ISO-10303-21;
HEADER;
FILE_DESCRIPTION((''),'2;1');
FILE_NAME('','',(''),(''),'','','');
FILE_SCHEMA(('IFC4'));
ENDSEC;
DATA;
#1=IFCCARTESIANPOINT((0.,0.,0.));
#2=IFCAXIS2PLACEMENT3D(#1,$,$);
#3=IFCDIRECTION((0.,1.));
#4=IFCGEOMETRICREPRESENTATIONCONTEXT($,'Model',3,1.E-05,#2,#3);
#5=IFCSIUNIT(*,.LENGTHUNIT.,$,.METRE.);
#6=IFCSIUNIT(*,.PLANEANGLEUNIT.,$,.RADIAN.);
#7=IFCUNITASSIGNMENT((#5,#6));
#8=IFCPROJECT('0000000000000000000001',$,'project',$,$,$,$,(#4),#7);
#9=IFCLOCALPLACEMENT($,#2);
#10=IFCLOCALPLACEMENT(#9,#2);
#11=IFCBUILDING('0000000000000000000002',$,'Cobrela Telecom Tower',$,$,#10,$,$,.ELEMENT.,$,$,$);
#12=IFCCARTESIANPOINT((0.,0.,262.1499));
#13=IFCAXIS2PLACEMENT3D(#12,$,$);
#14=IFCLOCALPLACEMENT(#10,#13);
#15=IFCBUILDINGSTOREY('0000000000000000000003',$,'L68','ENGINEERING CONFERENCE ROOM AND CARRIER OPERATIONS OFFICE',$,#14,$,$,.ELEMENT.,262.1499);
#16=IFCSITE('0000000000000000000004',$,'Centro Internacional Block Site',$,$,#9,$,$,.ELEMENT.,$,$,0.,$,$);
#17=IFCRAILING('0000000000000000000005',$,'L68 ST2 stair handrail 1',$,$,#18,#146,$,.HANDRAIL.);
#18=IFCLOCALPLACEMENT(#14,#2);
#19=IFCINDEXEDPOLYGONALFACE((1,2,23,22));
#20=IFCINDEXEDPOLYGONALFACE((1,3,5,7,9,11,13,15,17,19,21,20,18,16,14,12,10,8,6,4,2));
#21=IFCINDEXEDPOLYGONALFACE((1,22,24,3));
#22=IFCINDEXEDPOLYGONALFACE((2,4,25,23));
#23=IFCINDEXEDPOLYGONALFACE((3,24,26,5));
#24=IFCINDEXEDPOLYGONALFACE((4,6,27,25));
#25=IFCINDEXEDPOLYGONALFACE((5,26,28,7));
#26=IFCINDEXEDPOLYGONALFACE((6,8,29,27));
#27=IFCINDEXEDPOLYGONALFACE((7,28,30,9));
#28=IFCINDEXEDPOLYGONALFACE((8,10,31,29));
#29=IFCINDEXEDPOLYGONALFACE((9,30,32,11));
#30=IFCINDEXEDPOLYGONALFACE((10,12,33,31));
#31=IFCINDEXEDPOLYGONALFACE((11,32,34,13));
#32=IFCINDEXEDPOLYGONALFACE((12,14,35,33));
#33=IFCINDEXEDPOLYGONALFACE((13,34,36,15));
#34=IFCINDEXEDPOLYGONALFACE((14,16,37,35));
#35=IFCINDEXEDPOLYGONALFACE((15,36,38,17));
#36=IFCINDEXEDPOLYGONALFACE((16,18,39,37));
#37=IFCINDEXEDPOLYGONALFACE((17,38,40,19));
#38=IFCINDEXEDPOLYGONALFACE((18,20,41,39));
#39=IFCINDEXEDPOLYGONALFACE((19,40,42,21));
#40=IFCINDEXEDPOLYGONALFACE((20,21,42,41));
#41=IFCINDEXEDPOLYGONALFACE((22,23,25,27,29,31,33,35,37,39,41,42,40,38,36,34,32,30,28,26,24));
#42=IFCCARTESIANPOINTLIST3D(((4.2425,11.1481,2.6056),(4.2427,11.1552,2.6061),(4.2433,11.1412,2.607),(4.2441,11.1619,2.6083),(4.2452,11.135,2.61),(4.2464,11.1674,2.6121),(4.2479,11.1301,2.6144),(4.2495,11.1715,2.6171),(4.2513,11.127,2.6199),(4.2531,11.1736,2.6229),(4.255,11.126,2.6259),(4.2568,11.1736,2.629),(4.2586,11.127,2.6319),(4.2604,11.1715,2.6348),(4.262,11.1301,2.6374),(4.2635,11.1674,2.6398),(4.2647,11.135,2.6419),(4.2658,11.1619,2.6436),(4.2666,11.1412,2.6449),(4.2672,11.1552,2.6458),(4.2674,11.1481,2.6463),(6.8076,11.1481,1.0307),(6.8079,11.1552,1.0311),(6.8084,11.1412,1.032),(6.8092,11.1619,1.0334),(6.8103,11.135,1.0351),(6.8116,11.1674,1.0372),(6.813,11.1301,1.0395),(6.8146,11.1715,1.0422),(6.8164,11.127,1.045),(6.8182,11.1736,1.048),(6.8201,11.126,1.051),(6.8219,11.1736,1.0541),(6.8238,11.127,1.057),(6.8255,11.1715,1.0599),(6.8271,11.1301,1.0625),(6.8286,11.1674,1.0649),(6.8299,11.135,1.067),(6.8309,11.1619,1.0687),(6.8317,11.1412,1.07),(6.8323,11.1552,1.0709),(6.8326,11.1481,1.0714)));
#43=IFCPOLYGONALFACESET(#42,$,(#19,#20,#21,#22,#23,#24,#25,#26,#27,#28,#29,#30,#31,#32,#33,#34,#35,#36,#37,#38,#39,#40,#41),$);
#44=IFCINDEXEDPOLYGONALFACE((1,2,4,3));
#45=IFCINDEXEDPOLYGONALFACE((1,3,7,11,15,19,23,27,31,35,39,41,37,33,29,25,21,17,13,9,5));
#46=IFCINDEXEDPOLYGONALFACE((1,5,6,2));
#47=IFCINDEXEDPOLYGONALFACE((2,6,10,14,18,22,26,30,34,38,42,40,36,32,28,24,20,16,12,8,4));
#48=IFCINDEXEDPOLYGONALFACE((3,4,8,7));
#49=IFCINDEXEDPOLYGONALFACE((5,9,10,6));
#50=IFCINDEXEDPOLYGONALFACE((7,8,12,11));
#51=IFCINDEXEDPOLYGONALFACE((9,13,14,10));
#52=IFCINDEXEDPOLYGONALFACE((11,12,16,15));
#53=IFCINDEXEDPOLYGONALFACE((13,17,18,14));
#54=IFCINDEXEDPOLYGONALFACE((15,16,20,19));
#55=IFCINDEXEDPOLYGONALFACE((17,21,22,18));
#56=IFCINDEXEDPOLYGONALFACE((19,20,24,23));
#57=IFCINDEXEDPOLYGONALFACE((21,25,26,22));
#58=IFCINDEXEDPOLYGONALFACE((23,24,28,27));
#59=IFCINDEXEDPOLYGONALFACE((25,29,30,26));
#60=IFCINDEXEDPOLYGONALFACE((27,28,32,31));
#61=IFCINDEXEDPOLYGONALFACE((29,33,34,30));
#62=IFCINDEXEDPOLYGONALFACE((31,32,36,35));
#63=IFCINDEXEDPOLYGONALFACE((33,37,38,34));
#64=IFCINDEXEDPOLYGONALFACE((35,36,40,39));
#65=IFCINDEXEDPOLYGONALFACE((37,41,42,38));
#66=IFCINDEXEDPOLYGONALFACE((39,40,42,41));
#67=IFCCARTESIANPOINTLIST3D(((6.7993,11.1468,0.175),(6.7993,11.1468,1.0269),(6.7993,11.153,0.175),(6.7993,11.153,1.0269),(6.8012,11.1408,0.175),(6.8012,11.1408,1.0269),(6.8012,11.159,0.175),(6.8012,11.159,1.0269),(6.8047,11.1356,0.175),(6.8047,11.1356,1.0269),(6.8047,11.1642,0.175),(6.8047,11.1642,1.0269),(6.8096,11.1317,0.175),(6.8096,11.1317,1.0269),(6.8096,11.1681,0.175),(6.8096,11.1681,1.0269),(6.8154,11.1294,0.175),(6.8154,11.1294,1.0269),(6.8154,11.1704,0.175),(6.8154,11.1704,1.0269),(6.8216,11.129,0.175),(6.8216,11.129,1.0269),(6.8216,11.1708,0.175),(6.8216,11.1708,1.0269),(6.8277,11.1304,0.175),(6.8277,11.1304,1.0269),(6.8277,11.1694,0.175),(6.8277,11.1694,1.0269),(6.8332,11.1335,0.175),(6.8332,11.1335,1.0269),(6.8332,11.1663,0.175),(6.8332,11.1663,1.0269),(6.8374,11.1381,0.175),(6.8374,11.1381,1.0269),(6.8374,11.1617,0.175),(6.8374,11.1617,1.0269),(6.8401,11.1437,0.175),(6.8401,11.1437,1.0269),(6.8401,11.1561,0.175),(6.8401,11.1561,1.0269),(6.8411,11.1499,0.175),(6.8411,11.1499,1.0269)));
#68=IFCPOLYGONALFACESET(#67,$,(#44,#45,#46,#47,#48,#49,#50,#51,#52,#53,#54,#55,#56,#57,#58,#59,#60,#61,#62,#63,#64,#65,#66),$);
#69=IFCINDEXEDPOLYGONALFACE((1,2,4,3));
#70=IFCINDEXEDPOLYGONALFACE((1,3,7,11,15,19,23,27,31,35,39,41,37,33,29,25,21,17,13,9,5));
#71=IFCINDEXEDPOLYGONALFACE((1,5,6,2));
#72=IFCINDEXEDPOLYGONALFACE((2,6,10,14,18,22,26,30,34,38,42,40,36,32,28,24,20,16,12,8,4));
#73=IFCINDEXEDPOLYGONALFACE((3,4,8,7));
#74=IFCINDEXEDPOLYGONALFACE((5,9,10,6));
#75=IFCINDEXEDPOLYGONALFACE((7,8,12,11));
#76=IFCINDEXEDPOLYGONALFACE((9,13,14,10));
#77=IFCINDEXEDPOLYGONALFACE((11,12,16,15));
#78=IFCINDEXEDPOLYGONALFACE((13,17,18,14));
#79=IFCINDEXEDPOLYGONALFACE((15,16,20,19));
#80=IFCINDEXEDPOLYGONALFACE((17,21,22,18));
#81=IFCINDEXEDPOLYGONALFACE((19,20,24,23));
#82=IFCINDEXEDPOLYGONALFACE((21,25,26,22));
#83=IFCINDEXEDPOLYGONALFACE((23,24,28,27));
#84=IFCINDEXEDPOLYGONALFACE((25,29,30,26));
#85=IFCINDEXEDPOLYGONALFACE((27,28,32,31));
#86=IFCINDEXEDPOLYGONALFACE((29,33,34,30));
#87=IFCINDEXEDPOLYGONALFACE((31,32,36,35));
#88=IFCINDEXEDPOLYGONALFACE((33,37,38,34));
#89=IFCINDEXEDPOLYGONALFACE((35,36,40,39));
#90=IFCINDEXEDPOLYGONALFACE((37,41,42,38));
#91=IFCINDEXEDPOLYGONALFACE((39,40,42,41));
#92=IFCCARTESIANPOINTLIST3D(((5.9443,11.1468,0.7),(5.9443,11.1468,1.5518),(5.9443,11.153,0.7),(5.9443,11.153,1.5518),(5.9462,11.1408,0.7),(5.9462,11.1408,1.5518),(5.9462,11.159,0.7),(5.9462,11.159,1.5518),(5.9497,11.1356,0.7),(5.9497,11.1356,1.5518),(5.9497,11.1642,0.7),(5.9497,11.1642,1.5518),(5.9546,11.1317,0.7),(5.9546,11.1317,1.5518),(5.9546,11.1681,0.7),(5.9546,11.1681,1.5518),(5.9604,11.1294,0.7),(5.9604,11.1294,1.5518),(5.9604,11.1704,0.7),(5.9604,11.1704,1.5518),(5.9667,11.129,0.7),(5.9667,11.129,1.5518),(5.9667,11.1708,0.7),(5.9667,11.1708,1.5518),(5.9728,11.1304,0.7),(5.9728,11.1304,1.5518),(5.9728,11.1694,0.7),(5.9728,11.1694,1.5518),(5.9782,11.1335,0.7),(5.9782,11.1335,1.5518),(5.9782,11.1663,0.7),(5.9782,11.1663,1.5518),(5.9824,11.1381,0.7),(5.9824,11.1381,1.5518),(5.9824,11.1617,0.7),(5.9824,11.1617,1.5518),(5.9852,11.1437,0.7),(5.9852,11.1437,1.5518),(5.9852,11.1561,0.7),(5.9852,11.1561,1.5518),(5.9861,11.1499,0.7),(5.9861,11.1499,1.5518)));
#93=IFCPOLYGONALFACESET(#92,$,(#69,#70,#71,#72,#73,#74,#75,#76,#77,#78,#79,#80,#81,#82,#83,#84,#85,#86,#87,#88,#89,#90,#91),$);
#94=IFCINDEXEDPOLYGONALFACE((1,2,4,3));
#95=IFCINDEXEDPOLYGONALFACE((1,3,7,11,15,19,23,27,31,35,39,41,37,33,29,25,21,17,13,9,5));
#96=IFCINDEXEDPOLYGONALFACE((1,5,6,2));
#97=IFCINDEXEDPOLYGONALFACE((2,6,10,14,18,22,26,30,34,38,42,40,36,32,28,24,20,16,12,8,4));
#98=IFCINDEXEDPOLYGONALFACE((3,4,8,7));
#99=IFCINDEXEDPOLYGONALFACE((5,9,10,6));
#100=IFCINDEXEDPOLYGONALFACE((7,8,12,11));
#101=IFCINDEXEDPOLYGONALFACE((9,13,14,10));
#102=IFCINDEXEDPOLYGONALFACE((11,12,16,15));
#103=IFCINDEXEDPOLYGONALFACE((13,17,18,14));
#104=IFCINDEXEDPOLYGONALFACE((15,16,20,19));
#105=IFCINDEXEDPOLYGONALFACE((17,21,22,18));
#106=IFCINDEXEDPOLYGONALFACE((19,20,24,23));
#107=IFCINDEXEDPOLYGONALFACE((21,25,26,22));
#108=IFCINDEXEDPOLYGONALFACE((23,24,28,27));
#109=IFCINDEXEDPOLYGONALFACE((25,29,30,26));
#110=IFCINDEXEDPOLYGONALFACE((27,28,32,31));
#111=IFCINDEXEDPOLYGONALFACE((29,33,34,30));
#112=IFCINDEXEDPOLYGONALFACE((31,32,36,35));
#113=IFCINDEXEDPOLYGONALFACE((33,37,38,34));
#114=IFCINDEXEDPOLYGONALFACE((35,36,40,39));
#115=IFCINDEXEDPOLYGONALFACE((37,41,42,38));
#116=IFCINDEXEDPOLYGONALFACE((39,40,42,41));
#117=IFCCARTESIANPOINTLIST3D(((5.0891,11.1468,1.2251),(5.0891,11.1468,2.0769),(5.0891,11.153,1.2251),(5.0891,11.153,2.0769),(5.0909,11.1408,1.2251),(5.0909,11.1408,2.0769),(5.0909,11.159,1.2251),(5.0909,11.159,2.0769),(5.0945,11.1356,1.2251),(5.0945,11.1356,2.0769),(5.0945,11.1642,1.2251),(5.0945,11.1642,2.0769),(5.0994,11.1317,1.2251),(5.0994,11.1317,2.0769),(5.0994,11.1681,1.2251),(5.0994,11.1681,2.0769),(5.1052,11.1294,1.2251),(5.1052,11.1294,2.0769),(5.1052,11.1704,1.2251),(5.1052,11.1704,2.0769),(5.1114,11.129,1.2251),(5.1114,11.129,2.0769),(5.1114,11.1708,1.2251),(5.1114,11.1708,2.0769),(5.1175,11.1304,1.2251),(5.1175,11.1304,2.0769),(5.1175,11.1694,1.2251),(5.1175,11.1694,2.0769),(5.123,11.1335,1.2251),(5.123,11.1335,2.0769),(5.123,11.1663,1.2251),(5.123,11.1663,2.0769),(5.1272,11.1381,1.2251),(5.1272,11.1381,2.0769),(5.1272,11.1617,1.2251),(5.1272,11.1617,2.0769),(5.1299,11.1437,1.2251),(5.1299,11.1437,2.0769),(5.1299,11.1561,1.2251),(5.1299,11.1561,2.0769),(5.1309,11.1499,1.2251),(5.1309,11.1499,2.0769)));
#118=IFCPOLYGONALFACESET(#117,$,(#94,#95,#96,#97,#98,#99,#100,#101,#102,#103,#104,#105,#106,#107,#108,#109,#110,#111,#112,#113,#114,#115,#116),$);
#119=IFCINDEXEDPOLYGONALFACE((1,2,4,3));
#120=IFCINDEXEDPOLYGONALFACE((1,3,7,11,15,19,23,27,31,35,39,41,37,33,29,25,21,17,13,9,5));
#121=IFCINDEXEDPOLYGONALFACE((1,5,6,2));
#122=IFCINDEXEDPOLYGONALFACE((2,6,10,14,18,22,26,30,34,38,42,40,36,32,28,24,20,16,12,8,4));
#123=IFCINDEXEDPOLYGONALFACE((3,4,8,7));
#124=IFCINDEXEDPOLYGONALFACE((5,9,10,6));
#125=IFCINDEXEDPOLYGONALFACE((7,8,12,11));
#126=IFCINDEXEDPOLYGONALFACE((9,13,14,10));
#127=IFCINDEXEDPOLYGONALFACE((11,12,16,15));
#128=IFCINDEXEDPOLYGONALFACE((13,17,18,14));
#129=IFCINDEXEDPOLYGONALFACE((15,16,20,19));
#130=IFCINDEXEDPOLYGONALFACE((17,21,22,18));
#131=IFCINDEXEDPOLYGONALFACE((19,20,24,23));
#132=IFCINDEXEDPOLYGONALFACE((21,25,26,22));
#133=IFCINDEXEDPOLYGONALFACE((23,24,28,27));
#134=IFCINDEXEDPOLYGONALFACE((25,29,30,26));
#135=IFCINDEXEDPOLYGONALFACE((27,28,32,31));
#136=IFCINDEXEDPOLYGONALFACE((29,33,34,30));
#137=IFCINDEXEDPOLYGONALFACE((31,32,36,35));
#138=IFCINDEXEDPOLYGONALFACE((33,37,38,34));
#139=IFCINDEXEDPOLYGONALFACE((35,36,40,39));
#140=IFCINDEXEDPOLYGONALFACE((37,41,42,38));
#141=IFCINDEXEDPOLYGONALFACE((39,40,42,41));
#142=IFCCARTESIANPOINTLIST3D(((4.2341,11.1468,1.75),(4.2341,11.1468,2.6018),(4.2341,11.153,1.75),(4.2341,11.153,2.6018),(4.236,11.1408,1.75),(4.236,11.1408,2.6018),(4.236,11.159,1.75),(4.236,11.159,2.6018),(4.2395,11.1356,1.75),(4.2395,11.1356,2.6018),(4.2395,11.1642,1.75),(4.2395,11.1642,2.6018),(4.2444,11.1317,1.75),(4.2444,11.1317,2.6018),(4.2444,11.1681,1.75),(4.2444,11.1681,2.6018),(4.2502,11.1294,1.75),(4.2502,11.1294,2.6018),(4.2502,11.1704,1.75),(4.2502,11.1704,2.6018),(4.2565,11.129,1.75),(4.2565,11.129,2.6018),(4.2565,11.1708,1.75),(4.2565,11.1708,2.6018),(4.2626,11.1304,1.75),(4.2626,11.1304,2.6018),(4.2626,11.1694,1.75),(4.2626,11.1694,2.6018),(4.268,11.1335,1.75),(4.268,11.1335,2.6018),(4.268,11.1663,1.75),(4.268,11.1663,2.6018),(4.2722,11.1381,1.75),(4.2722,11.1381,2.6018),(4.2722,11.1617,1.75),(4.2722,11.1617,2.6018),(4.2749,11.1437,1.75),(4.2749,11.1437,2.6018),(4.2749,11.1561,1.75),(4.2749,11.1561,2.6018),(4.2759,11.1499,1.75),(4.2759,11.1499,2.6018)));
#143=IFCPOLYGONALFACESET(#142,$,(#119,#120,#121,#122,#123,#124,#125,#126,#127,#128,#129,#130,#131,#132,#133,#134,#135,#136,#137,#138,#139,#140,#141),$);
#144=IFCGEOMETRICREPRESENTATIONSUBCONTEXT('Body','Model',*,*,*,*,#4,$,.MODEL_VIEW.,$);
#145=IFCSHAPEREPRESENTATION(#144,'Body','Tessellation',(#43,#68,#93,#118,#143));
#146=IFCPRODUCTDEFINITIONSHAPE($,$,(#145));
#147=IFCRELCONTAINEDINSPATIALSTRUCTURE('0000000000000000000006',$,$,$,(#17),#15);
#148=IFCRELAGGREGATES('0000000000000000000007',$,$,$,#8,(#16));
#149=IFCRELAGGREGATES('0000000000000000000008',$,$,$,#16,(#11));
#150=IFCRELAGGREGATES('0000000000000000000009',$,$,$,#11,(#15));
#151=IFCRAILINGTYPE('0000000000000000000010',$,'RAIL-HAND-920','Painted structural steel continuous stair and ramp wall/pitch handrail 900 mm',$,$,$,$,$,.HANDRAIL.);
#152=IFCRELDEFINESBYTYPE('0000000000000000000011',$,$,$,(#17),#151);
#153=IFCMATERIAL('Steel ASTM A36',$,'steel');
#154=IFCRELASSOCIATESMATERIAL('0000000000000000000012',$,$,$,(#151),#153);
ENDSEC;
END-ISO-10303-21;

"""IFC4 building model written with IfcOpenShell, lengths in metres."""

from ifc_helpers import new_model, si_unit, direction, frame, origin, origin_2d, place, context, subcontext, project, spatial, circle, extrude, material, type_object, element, save


model = new_model("IFC4")

# Units and contexts
model_context = context("Model", 3, precision=1e-05, world=origin(), true_north=direction((0.0, 1.0)))
body_context = subcontext(model_context, "Body", "Model", "MODEL_VIEW")
ifc_project = project(units=[si_unit("LENGTHUNIT", "METRE"), si_unit("PLANEANGLEUNIT", "RADIAN")], contexts=[model_context])

# Site, building, storey
site_placement = place(None, origin())
site = spatial("IfcSite", under=ifc_project, at=site_placement, Name="Centro Internacional Block Site", CompositionType="ELEMENT", RefElevation=0.0)
building_placement = place(site_placement, origin())
building = spatial("IfcBuilding", under=site, at=building_placement, Name="Cobrela Telecom Tower", CompositionType="ELEMENT")
storey_placement = place(building_placement, frame((0.0, 0.0, 262.1499)))
storey = spatial("IfcBuildingStorey", under=building, at=storey_placement, Name="L68", Description="ENGINEERING CONFERENCE ROOM AND CARRIER OPERATIONS OFFICE", CompositionType="ELEMENT", Elevation=262.1499)

# Railing
ifc_material_1 = material(Name="Steel ASTM A36", Category="steel")
railing_type_1 = type_object("IfcRailingType", Name="RAIL-HAND-920", Description="Painted structural steel continuous stair and ramp wall/pitch handrail 900 mm", PredefinedType="HANDRAIL", material=ifc_material_1)
railing_1_placement = place(storey_placement, frame((6.8201, 11.1499, 0.175)))
element("IfcRailing", 1, at=railing_1_placement, inside=storey, type_object=railing_type_1, Name="L68 ST2 stair handrail 1", PredefinedType="HANDRAIL", context=body_context, shape_type="SweptSolid", body=[
    extrude(circle(Radius=0.0239, at=origin_2d()), frame((0.0, 0.0, 0.876), z_axis=(-0.852195, 0.0, 0.523224), x_axis=(0.0, -1.0, 0.0)), (0.0, 0.0, 1.0), 3.01),
    extrude(circle(Radius=0.021, at=origin_2d()), origin(), (0.0, 0.0, 1.0), 0.8518),
    extrude(circle(Radius=0.021, at=origin_2d()), frame((-0.855, 0.0, 0.5249)), (0.0, 0.0, 1.0), 0.8518),
    extrude(circle(Radius=0.021, at=origin_2d()), frame((-1.7102, 0.0, 1.05)), (0.0, 0.0, 1.0), 0.8518),
    extrude(circle(Radius=0.021, at=origin_2d()), frame((-2.5652, 0.0, 1.575)), (0.0, 0.0, 1.0), 0.8518),
])

save(model, "model.ifc")
